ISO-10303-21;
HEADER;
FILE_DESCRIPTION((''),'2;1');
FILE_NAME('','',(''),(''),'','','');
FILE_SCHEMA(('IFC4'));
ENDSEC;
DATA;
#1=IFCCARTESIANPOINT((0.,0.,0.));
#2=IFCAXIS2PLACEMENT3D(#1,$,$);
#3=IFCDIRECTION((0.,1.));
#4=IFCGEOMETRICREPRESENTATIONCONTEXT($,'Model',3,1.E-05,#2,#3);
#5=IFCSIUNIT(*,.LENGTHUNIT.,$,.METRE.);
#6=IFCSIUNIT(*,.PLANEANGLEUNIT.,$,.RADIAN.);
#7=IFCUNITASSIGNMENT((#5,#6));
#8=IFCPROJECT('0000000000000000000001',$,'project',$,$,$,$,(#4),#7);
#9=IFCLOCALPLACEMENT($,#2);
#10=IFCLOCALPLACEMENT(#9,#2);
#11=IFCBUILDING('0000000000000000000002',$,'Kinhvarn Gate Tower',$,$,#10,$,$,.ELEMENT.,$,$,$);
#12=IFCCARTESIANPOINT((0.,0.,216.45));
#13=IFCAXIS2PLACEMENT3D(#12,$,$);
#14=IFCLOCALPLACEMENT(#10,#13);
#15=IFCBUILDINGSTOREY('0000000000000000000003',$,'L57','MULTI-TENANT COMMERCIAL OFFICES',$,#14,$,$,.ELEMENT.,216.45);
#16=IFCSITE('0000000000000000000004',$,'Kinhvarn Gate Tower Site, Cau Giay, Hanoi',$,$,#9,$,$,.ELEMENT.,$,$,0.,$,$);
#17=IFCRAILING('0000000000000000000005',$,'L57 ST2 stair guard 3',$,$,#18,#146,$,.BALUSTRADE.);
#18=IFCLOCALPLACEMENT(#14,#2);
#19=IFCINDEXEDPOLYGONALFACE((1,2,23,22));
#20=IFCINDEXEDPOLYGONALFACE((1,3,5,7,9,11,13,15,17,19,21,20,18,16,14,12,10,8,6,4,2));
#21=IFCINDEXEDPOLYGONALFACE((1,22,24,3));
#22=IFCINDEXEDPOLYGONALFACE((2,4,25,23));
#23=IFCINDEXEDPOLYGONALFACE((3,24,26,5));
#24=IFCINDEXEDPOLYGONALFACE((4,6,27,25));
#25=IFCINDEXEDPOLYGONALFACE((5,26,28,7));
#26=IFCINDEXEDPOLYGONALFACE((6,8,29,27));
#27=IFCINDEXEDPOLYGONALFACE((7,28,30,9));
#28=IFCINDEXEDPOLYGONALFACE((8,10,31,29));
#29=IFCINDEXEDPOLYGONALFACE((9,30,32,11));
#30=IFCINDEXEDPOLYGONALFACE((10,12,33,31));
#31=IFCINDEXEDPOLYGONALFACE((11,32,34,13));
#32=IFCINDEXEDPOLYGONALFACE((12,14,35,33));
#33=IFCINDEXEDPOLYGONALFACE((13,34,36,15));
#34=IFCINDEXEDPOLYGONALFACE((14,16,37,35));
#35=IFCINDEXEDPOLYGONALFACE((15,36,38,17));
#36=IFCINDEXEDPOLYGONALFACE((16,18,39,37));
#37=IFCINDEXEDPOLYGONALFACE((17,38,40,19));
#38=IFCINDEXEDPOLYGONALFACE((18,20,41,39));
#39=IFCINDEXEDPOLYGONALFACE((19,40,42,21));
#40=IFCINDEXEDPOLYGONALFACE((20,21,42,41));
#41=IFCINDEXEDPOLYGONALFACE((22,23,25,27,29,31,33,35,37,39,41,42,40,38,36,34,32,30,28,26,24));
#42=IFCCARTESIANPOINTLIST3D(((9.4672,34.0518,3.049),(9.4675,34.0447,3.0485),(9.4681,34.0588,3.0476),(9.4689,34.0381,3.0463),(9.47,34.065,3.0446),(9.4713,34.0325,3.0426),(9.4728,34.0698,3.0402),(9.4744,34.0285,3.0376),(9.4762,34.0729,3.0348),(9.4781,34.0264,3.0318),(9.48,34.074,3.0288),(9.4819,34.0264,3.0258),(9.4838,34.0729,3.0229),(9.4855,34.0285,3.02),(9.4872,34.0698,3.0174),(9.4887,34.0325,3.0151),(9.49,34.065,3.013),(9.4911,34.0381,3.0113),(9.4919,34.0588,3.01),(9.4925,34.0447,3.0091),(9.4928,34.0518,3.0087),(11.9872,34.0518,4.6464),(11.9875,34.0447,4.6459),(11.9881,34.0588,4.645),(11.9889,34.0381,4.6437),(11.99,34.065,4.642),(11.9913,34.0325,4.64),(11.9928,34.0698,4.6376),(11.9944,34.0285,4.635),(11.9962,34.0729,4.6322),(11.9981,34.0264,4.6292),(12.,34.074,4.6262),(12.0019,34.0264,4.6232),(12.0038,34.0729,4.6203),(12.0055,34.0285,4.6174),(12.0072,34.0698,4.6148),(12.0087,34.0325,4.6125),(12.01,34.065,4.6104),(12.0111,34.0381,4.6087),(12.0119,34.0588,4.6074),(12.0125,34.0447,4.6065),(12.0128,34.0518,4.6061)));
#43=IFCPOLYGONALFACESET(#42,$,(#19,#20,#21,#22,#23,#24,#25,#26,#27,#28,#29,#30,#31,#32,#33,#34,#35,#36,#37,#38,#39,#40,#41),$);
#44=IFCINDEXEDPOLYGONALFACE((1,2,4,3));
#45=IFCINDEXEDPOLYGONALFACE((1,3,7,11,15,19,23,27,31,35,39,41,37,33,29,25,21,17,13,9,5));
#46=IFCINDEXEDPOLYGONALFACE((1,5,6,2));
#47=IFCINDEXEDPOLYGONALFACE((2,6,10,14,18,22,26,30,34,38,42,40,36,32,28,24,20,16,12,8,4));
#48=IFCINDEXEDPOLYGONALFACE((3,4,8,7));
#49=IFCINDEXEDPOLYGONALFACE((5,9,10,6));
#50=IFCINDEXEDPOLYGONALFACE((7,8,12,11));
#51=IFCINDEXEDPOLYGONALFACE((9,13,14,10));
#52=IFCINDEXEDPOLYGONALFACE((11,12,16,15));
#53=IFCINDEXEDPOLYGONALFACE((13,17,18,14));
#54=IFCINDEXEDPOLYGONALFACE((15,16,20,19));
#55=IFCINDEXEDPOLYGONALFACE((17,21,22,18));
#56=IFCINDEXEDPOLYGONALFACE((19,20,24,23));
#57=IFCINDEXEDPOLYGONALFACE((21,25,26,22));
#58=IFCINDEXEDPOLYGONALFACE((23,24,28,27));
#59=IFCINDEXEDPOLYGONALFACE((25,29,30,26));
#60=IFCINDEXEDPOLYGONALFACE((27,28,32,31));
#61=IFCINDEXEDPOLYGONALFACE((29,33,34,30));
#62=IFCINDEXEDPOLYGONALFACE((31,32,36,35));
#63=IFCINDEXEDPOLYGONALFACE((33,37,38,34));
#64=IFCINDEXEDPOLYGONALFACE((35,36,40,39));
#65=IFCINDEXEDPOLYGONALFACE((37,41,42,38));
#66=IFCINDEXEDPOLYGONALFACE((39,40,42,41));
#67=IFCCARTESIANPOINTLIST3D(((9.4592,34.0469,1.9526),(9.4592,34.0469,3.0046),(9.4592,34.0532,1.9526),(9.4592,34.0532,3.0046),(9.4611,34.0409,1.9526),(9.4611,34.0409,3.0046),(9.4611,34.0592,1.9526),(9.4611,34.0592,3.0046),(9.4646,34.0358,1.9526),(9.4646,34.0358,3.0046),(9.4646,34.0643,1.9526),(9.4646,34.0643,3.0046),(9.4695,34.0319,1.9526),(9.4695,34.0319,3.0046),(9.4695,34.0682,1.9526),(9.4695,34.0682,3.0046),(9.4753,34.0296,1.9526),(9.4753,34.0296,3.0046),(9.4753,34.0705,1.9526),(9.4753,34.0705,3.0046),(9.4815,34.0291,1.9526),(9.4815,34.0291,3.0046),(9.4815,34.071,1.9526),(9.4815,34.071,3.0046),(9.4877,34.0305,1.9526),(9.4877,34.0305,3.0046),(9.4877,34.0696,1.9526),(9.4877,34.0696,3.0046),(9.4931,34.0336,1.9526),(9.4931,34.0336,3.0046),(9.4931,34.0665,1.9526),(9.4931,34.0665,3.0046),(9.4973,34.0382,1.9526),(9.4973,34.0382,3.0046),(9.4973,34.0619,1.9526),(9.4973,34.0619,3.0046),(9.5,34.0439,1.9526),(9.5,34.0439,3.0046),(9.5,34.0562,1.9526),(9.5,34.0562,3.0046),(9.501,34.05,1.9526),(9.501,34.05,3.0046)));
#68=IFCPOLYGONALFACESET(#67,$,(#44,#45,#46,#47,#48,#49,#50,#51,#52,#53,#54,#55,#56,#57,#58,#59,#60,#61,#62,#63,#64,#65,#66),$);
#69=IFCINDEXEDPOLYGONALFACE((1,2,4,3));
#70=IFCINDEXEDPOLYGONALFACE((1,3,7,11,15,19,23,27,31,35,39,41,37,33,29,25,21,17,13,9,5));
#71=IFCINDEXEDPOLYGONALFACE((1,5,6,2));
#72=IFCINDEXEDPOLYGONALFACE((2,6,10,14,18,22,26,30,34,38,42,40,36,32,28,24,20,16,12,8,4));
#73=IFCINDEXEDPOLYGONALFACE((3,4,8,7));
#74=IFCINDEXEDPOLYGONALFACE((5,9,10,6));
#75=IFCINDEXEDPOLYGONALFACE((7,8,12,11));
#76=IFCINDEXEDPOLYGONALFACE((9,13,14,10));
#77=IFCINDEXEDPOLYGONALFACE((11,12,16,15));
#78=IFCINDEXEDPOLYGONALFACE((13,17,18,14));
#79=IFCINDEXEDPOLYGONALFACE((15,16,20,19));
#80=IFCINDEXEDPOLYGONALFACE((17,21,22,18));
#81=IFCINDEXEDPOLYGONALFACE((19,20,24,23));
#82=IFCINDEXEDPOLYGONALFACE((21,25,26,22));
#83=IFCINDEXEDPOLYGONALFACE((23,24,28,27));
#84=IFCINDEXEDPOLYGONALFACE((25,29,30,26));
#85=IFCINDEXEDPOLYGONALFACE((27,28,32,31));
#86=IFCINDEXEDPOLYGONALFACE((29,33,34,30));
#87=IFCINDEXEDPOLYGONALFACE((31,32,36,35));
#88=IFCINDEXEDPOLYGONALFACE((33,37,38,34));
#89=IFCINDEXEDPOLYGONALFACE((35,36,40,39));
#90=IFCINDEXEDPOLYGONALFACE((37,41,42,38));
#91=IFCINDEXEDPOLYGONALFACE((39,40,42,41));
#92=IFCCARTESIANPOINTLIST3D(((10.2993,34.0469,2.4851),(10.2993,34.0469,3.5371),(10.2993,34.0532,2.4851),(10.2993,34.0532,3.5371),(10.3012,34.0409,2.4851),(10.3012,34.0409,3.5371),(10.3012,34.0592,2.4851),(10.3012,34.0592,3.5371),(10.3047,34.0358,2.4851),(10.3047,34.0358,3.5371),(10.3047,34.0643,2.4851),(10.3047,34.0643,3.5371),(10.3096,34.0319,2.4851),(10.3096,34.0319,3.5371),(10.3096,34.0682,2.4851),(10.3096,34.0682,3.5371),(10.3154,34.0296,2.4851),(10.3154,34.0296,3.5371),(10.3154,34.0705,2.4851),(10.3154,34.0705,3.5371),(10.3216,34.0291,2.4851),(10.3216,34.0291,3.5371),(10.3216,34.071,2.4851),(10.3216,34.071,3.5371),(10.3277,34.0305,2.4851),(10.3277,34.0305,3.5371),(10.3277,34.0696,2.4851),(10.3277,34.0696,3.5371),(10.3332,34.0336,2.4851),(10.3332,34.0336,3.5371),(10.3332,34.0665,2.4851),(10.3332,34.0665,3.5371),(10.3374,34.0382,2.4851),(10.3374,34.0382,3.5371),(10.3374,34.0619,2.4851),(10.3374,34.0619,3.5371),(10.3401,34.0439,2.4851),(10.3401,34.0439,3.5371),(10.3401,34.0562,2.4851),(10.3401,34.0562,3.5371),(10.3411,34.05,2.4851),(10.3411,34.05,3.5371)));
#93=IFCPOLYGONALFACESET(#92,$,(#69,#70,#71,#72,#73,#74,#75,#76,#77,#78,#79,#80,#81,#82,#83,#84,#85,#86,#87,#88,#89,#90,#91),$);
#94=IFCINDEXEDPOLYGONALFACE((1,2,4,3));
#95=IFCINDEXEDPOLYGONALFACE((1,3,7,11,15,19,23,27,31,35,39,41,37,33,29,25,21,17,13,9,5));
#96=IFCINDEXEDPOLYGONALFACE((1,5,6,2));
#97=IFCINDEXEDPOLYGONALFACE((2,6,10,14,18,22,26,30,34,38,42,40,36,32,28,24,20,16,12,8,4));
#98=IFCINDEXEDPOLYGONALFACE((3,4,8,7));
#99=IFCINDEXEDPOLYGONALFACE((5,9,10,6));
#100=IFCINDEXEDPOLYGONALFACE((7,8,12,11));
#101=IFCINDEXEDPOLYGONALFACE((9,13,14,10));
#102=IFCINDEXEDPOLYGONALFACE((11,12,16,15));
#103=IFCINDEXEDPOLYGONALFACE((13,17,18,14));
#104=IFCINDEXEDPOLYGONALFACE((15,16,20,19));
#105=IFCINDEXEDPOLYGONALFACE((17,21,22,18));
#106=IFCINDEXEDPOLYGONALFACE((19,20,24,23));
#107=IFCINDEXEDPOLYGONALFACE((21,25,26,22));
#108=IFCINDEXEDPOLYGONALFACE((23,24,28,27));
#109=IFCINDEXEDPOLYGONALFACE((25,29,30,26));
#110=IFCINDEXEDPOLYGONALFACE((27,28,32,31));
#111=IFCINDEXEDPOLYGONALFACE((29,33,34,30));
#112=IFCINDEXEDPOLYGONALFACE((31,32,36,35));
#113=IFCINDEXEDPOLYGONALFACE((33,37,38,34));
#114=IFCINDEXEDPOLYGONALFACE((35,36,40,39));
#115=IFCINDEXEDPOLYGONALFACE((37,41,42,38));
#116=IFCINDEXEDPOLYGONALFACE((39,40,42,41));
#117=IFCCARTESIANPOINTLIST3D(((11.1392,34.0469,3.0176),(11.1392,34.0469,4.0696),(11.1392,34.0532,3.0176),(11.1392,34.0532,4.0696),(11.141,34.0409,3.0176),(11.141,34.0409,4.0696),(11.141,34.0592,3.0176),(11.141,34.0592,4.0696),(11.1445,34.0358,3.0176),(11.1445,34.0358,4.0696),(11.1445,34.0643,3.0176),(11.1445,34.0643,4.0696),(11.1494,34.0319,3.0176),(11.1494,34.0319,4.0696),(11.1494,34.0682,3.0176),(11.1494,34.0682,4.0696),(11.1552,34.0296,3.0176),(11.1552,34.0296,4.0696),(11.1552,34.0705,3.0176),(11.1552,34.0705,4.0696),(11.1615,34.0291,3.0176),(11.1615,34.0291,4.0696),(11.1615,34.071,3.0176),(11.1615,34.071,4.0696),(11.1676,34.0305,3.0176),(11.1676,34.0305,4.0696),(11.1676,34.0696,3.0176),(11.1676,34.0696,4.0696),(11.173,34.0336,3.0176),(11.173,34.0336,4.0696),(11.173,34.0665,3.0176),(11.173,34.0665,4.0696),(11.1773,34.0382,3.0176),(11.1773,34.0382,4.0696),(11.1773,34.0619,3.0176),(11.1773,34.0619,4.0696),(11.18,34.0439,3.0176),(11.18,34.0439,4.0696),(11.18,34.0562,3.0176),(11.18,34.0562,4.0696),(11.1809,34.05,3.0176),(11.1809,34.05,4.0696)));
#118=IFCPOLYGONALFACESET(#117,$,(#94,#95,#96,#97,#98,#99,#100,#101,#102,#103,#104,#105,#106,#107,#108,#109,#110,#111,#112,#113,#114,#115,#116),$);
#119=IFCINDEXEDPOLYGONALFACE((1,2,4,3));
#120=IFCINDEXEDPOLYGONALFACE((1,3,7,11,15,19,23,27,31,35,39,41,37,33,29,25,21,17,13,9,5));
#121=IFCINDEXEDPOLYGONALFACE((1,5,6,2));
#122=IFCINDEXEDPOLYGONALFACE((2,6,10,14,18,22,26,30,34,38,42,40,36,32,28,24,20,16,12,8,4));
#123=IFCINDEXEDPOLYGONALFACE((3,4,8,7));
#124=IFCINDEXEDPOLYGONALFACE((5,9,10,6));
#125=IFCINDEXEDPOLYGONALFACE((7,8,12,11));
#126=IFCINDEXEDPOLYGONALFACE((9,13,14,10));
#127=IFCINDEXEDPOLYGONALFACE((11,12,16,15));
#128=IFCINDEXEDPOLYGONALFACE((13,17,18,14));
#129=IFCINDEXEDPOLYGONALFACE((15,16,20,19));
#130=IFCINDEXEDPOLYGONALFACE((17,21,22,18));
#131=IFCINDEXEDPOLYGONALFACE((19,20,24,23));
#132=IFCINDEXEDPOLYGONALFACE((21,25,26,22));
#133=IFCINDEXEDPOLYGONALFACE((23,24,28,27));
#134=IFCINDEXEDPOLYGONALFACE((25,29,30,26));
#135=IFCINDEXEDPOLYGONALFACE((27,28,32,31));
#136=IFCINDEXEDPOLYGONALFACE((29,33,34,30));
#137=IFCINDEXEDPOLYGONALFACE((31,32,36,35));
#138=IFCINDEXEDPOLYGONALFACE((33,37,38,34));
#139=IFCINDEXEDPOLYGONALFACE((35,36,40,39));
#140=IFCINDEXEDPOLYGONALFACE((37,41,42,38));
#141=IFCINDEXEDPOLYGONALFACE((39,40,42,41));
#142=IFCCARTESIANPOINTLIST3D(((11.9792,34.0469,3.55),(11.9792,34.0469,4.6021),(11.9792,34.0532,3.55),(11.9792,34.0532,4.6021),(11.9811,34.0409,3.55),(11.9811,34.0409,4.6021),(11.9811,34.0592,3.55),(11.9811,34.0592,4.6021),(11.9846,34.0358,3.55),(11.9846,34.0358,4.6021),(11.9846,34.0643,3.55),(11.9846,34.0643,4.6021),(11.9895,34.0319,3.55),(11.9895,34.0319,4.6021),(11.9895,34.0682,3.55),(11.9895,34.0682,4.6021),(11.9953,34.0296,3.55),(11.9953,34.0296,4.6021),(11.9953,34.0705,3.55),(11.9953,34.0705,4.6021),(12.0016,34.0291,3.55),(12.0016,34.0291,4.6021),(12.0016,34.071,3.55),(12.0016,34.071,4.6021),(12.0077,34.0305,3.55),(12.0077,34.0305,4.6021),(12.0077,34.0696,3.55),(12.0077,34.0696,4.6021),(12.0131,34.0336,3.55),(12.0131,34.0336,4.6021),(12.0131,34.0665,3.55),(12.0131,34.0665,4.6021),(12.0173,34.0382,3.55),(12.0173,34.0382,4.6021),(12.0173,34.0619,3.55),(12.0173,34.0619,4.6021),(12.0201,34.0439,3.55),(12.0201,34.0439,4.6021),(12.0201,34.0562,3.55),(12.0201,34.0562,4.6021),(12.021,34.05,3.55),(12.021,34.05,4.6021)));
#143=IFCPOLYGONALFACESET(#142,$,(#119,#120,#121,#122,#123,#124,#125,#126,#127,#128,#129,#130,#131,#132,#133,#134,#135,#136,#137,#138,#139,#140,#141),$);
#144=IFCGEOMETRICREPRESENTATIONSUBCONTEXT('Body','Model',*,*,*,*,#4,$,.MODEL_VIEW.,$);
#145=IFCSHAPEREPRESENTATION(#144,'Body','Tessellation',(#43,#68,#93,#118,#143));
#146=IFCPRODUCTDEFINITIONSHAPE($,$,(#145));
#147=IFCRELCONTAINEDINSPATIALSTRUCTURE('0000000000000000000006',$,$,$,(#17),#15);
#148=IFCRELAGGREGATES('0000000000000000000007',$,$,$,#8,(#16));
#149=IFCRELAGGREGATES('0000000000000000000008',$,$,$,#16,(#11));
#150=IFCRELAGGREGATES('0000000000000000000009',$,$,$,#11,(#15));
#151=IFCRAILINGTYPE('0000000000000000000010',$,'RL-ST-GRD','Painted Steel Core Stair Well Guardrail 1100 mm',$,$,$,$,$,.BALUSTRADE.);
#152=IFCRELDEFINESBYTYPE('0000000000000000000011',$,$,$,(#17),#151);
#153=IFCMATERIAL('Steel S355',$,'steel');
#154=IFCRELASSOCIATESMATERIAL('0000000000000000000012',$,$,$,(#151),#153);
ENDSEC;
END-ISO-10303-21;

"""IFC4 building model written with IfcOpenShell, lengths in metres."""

from ifc_helpers import new_model, si_unit, direction, frame, origin, origin_2d, place, context, subcontext, project, spatial, circle, extrude, material, type_object, element, save


model = new_model("IFC4")

# Units and contexts
model_context = context("Model", 3, precision=1e-05, world=origin(), true_north=direction((0.0, 1.0)))
body_context = subcontext(model_context, "Body", "Model", "MODEL_VIEW")
ifc_project = project(units=[si_unit("LENGTHUNIT", "METRE"), si_unit("PLANEANGLEUNIT", "RADIAN")], contexts=[model_context])

# Site, building, storey
site_placement = place(None, origin())
site = spatial("IfcSite", under=ifc_project, at=site_placement, Name="Kinhvarn Gate Tower Site, Cau Giay, Hanoi", CompositionType="ELEMENT", RefElevation=0.0)
building_placement = place(site_placement, origin())
building = spatial("IfcBuilding", under=site, at=building_placement, Name="Kinhvarn Gate Tower", CompositionType="ELEMENT")
storey_placement = place(building_placement, frame((0.0, 0.0, 216.45)))
storey = spatial("IfcBuildingStorey", under=building, at=storey_placement, Name="L57", Description="MULTI-TENANT COMMERCIAL OFFICES", CompositionType="ELEMENT", Elevation=216.45)

# Railing
ifc_material_1 = material(Name="Steel S355", Category="steel")
railing_type_1 = type_object("IfcRailingType", Name="RL-ST-GRD", Description="Painted Steel Core Stair Well Guardrail 1100 mm", PredefinedType="BALUSTRADE", material=ifc_material_1)
railing_1_placement = place(storey_placement, frame((9.48, 34.05, 1.9526)))
element("IfcRailing", 1, at=railing_1_placement, inside=storey, type_object=railing_type_1, Name="L57 ST2 stair guard 3", PredefinedType="BALUSTRADE", context=body_context, shape_type="SweptSolid", body=[
    extrude(circle(Radius=0.0239, at=origin_2d()), frame((0.0, 0.0, 1.0762), z_axis=(0.844607, 0.0, 0.535387), x_axis=(0.0, 1.0, 0.0)), (0.0, 0.0, 1.0), 2.9836),
    extrude(circle(Radius=0.021, at=origin_2d()), origin(), (0.0, 0.0, 1.0), 1.052),
    extrude(circle(Radius=0.021, at=origin_2d()), frame((0.8401, 0.0, 0.5325)), (0.0, 0.0, 1.0), 1.052),
    extrude(circle(Radius=0.021, at=origin_2d()), frame((1.6799, 0.0, 1.0649)), (0.0, 0.0, 1.0), 1.052),
    extrude(circle(Radius=0.021, at=origin_2d()), frame((2.52, 0.0, 1.5974)), (0.0, 0.0, 1.0), 1.052),
])

save(model, "model.ifc")
